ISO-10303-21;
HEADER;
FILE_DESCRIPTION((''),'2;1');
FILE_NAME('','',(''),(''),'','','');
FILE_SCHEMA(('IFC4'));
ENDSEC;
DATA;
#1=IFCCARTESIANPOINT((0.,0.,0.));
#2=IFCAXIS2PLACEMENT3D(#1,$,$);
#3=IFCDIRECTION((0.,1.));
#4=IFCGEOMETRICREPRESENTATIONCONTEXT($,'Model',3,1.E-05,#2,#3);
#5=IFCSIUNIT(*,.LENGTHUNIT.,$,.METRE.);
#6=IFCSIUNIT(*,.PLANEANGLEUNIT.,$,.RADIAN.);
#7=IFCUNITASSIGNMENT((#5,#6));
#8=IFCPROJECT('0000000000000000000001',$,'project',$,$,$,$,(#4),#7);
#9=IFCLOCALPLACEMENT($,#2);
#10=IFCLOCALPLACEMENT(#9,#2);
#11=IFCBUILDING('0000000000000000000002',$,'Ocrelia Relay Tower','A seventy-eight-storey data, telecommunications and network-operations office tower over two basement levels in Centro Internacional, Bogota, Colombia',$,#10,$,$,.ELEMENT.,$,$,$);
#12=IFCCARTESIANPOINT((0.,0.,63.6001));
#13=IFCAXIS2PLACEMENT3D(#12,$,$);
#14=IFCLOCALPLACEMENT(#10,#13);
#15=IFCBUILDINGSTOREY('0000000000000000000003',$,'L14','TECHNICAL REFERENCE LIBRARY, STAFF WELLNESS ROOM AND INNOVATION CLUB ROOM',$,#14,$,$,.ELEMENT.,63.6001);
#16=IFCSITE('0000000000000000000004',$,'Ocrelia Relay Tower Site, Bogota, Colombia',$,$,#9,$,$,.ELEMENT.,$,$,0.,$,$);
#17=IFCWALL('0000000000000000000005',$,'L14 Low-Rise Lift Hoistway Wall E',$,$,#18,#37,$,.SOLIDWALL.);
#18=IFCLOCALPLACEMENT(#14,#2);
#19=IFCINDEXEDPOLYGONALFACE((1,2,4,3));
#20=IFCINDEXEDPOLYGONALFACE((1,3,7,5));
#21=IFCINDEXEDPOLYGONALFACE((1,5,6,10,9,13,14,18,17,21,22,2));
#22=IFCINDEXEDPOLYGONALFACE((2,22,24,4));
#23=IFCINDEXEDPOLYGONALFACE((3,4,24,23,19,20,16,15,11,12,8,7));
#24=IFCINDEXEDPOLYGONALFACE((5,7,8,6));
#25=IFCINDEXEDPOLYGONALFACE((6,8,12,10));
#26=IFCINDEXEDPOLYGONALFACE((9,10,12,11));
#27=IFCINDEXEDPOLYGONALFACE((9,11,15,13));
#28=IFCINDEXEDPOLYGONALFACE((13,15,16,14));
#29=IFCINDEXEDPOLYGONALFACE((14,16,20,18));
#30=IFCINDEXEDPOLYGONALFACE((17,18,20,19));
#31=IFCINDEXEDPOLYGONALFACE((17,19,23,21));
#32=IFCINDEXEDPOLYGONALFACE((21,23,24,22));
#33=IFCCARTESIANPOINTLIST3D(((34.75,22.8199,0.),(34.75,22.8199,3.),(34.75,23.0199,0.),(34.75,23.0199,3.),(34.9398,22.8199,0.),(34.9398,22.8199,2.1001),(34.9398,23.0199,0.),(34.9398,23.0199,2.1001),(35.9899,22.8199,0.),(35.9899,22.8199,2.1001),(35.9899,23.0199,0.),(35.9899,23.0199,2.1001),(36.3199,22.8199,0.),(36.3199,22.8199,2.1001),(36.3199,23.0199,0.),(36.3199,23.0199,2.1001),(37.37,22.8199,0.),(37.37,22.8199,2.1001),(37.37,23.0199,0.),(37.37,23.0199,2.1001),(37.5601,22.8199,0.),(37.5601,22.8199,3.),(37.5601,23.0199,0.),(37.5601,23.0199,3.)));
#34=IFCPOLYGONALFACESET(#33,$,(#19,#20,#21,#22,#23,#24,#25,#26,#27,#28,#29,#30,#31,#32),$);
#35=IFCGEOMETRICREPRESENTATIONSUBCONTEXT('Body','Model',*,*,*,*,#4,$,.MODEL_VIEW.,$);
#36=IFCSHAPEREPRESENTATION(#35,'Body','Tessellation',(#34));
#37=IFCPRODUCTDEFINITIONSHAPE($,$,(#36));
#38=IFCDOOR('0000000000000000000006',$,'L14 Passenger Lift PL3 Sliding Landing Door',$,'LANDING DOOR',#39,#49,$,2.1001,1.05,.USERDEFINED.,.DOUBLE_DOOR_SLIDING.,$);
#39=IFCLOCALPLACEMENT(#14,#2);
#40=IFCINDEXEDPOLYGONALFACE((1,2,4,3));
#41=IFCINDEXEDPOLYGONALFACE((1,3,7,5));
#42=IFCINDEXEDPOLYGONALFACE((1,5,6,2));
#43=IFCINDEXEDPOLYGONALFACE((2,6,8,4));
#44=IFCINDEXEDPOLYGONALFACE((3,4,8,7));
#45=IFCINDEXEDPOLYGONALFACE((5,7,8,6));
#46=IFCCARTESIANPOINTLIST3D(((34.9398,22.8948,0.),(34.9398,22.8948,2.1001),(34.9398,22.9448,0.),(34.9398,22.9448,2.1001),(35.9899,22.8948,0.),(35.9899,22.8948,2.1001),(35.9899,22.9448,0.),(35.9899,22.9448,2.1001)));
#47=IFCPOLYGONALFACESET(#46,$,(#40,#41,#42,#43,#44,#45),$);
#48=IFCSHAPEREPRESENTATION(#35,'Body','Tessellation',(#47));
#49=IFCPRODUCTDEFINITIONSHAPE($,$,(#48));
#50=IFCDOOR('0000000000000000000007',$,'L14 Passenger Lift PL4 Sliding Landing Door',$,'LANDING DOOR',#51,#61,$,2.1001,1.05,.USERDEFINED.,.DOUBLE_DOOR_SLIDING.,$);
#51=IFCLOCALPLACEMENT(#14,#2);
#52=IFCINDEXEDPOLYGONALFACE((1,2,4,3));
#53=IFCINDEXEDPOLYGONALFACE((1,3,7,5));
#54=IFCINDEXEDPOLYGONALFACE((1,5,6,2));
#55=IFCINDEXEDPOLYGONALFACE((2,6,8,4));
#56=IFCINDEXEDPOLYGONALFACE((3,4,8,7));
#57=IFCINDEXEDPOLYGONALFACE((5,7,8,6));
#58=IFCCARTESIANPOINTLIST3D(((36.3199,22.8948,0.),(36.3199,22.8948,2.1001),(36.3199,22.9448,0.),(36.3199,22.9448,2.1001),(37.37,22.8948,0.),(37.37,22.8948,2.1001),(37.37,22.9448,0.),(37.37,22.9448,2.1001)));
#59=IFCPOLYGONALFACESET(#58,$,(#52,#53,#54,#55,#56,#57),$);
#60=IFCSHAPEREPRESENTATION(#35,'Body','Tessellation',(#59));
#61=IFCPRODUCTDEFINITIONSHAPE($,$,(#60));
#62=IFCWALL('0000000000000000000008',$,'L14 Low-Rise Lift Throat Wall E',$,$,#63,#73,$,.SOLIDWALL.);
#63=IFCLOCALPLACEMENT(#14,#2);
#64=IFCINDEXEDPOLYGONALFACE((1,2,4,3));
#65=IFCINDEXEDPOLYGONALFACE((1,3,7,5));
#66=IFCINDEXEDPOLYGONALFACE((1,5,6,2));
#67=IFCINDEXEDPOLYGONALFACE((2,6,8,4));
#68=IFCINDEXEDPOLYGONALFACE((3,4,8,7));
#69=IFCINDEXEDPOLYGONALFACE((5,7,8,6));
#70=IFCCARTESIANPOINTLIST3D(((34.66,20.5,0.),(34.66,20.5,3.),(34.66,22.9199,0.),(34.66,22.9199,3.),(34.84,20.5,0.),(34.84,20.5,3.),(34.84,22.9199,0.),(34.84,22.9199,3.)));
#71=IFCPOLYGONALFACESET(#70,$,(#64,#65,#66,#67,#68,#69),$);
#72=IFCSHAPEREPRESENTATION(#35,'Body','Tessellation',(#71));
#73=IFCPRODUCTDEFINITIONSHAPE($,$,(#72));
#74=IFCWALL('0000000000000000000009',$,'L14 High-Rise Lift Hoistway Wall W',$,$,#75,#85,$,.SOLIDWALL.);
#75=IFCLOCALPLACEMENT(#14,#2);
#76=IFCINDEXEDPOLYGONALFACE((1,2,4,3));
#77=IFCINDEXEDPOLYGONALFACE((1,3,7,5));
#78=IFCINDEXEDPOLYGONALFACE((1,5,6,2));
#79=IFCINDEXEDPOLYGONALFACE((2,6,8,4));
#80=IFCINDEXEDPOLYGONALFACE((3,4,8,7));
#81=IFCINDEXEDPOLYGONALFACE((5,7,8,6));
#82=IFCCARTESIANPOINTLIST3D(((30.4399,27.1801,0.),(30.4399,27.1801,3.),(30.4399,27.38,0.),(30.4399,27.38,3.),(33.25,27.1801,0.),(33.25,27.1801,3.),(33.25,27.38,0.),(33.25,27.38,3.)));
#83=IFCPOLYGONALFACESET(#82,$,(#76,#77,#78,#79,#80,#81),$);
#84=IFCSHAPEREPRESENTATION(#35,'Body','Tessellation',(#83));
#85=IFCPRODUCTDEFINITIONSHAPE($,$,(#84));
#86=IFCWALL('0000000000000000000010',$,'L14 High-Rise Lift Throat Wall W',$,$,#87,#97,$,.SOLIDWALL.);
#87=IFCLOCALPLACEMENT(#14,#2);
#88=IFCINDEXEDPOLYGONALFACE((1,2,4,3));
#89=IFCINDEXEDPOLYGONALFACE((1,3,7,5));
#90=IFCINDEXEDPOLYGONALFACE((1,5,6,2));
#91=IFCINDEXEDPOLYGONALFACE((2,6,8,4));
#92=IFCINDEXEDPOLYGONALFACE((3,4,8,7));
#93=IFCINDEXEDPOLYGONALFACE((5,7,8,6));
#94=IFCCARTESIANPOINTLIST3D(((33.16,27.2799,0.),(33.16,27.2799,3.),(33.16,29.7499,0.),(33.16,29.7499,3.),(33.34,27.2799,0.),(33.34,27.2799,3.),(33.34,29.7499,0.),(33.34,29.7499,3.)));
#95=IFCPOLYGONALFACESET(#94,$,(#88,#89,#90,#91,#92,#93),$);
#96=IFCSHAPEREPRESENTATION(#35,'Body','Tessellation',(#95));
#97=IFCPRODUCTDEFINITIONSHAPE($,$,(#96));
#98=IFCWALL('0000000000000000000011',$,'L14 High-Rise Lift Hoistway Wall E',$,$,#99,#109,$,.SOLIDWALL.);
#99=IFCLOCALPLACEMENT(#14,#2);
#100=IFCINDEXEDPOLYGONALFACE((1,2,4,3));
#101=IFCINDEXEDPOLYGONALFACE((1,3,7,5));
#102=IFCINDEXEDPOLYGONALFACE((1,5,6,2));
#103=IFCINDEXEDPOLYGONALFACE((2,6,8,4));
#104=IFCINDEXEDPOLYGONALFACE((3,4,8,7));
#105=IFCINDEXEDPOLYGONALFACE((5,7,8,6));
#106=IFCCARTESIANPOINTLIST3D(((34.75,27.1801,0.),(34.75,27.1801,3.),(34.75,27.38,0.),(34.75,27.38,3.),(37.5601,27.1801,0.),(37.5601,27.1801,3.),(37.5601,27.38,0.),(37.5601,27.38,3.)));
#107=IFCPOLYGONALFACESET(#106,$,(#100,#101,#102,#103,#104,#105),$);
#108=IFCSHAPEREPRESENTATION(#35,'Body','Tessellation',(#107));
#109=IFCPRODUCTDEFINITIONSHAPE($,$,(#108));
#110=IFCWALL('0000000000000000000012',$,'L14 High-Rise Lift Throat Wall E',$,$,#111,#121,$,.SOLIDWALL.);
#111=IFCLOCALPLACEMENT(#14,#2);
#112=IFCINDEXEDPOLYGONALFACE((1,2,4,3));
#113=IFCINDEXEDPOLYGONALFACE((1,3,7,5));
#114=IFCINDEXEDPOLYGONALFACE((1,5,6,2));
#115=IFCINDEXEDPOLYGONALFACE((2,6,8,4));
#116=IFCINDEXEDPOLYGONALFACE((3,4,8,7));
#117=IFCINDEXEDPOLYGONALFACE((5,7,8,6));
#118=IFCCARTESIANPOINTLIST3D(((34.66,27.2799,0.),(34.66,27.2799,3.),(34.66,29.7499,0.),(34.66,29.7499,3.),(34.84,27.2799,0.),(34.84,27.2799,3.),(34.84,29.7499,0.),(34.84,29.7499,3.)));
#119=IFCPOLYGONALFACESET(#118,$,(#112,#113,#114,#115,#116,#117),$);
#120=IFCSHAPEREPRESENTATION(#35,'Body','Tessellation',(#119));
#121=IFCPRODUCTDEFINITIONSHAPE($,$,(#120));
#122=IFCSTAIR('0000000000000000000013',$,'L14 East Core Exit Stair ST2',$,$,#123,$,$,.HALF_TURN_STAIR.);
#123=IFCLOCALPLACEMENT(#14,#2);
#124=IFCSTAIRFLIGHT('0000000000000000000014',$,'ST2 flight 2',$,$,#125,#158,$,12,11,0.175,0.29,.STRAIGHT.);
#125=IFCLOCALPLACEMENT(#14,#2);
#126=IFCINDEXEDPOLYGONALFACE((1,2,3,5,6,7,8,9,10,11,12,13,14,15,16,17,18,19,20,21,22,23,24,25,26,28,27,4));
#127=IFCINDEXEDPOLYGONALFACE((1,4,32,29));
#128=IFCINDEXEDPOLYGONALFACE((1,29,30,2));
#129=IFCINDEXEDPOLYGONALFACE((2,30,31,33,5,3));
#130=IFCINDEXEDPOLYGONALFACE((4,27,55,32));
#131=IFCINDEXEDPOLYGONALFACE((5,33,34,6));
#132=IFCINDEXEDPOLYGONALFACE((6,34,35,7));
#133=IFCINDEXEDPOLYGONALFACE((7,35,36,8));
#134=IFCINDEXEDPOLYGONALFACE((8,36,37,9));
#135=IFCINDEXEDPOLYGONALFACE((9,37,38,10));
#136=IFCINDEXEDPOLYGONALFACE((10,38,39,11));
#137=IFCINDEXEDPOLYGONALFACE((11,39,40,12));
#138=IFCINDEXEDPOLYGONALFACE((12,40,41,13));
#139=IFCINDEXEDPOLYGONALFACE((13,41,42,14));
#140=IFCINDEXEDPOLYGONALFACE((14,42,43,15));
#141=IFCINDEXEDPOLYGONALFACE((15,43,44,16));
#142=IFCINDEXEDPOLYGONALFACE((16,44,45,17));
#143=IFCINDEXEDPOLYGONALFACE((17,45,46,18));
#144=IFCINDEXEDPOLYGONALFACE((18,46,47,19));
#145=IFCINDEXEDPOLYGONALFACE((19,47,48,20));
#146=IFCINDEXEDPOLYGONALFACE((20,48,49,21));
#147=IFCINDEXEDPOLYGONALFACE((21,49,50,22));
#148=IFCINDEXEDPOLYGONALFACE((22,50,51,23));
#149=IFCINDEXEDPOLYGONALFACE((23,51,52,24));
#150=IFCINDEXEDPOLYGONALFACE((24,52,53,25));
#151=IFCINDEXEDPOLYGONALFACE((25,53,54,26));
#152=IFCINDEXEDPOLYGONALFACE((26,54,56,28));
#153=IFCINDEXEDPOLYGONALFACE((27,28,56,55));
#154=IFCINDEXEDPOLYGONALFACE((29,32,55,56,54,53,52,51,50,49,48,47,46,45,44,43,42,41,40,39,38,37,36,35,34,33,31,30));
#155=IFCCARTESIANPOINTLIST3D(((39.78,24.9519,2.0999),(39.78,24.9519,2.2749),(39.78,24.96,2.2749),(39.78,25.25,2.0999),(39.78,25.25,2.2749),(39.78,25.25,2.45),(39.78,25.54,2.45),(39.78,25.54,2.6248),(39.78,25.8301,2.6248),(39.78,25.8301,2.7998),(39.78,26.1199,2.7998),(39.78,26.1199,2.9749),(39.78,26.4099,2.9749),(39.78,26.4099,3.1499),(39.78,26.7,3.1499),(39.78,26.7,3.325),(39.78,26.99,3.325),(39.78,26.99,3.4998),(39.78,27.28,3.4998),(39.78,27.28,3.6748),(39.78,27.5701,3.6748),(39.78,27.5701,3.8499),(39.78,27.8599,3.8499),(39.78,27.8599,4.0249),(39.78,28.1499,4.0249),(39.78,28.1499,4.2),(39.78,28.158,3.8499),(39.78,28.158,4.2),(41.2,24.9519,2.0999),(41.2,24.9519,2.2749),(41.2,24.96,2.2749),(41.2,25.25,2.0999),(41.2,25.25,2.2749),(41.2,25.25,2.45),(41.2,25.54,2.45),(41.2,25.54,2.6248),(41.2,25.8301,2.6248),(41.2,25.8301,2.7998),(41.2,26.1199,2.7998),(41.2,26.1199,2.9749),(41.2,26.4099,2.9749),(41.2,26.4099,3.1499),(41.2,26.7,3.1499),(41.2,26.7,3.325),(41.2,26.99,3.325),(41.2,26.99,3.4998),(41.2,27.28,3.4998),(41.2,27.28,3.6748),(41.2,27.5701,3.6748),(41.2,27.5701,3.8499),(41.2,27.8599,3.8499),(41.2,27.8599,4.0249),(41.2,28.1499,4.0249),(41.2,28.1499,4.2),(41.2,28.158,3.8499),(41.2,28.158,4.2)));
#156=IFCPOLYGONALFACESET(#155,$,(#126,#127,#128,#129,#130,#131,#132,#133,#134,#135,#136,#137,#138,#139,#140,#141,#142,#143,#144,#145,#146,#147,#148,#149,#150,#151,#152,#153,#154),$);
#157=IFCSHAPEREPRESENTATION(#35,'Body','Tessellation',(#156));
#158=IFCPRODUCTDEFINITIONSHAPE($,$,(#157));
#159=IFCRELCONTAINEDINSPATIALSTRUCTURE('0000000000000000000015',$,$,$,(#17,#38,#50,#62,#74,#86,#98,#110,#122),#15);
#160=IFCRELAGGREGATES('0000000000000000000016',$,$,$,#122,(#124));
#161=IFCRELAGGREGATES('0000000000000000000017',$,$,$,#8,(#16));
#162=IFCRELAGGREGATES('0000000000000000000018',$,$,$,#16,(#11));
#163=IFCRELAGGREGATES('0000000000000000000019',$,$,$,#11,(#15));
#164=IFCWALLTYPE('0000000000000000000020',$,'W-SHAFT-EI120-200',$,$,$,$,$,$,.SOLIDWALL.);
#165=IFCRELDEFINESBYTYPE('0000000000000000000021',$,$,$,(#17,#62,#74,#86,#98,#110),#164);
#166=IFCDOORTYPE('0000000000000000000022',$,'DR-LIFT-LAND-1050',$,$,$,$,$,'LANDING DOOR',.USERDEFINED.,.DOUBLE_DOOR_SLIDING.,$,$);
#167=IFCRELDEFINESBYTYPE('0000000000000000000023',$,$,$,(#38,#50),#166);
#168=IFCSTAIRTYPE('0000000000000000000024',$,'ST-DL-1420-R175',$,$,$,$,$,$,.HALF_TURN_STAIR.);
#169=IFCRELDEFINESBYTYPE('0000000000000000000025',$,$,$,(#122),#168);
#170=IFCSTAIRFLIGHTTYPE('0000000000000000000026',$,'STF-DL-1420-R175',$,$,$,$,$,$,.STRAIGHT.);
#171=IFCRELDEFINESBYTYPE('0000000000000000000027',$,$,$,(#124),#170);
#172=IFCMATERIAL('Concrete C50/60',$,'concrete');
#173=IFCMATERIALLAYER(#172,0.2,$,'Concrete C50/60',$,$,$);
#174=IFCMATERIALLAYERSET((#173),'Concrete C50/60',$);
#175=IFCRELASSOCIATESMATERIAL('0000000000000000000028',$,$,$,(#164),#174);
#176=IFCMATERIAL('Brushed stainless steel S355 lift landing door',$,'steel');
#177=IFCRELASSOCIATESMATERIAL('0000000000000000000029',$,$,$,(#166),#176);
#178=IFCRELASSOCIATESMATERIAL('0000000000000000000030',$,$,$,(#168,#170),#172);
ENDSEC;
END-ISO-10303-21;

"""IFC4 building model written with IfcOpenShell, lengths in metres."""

from ifc_helpers import new_model, si_unit, direction, frame, frame_2d, origin, place, context, subcontext, project, spatial, polyline, rectangle, outline, extrude, material, layer, layer_set, type_object, element, fill, aggregate, save


model = new_model("IFC4")

# Units and contexts
model_context = context("Model", 3, precision=1e-05, world=origin(), true_north=direction((0.0, 1.0)))
body_context = subcontext(model_context, "Body", "Model", "MODEL_VIEW")
ifc_project = project(units=[si_unit("LENGTHUNIT", "METRE"), si_unit("PLANEANGLEUNIT", "RADIAN")], contexts=[model_context])

# Site, building, storey
site_placement = place(None, origin())
site = spatial("IfcSite", under=ifc_project, at=site_placement, Name="Ocrelia Relay Tower Site, Bogota, Colombia", CompositionType="ELEMENT", RefElevation=0.0)
building_placement = place(site_placement, origin())
building = spatial("IfcBuilding", under=site, at=building_placement, Name="Ocrelia Relay Tower", Description="A seventy-eight-storey data, telecommunications and network-operations office tower over two basement levels in Centro Internacional, Bogota, Colombia", CompositionType="ELEMENT")
storey_placement = place(building_placement, frame((0.0, 0.0, 63.6001)))
storey = spatial("IfcBuildingStorey", under=building, at=storey_placement, Name="L14", Description="TECHNICAL REFERENCE LIBRARY, STAFF WELLNESS ROOM AND INNOVATION CLUB ROOM", CompositionType="ELEMENT", Elevation=63.6001)

# Shared definitions
ifc_material_1 = material(Name="Concrete C50/60", Category="concrete")
ifc_layer_1 = layer(ifc_material_1, 0.2, Name="Concrete C50/60")
ifc_layer_set_1 = layer_set([ifc_layer_1], Name="Concrete C50/60")
wall_type_1 = type_object("IfcWallType", Name="W-SHAFT-EI120-200", PredefinedType="SOLIDWALL", material=ifc_layer_set_1)

# Wall, openings, doors
wall_1_placement = place(storey_placement, frame((34.75, 22.9199, 0.0), z_axis=(0.0, 0.0, 1.0), x_axis=(1.0, 0.0, 0.0)))
wall_1 = element("IfcWall", 1, at=wall_1_placement, inside=storey, type_object=wall_type_1, Name="L14 Low-Rise Lift Hoistway Wall E", PredefinedType="SOLIDWALL", context=body_context, shape_type="SweptSolid", body=[
    extrude(rectangle(XDim=2.8101, YDim=0.2, at=frame_2d((1.405, 0.0))), origin(), (0.0, 0.0, 1.0), 3.0),
])
opening_1_placement = place(wall_1_placement, frame((0.1899, 0.0, 0.0)))
opening_1 = element("IfcOpeningElement", 2, at=opening_1_placement, cuts=wall_1, PredefinedType="OPENING", context=body_context, shape_type="SweptSolid", body=[
    extrude(rectangle(XDim=1.05, YDim=2.1001, at=frame_2d((0.5249, 1.05))), frame((0.0, 0.1099, 0.0), z_axis=(0.0, -1.0, 0.0), x_axis=(1.0, 0.0, 0.0)), (0.0, 0.0, 1.0), 0.22),
])
opening_2_placement = place(wall_1_placement, frame((1.5701, 0.0, 0.0)))
opening_2 = element("IfcOpeningElement", 3, at=opening_2_placement, cuts=wall_1, PredefinedType="OPENING", context=body_context, shape_type="SweptSolid", body=[
    extrude(rectangle(XDim=1.05, YDim=2.1001, at=frame_2d((0.5249, 1.05))), frame((0.0, 0.1099, 0.0), z_axis=(0.0, -1.0, 0.0), x_axis=(1.0, 0.0, 0.0)), (0.0, 0.0, 1.0), 0.22),
])
ifc_material_2 = material(Name="Brushed stainless steel S355 lift landing door", Category="steel")
door_type = type_object("IfcDoorType", Name="DR-LIFT-LAND-1050", ElementType="LANDING DOOR", OperationType="DOUBLE_DOOR_SLIDING", PredefinedType="USERDEFINED", material=ifc_material_2)
door_1_placement = place(opening_1_placement, origin())
door_1 = element("IfcDoor", 4, at=door_1_placement, inside=storey, type_object=door_type, Name="L14 Passenger Lift PL3 Sliding Landing Door", ObjectType="LANDING DOOR", OperationType="DOUBLE_DOOR_SLIDING", OverallHeight=2.1001, OverallWidth=1.05, PredefinedType="USERDEFINED", context=body_context, shape_type="SweptSolid", body=[
    extrude(rectangle(XDim=1.05, YDim=2.1001, at=frame_2d((0.5249, 1.05))), frame((0.0, 0.0249, 0.0), z_axis=(0.0, -1.0, 0.0), x_axis=(1.0, 0.0, 0.0)), (0.0, 0.0, 1.0), 0.05),
])
fill(opening_1, door_1)
door_2_placement = place(opening_2_placement, origin())
door_2 = element("IfcDoor", 5, at=door_2_placement, inside=storey, type_object=door_type, Name="L14 Passenger Lift PL4 Sliding Landing Door", ObjectType="LANDING DOOR", OperationType="DOUBLE_DOOR_SLIDING", OverallHeight=2.1001, OverallWidth=1.05, PredefinedType="USERDEFINED", context=body_context, shape_type="SweptSolid", body=[
    extrude(rectangle(XDim=1.05, YDim=2.1001, at=frame_2d((0.5249, 1.05))), frame((0.0, 0.0249, 0.0), z_axis=(0.0, -1.0, 0.0), x_axis=(1.0, 0.0, 0.0)), (0.0, 0.0, 1.0), 0.05),
])
fill(opening_2, door_2)

# Walls
wall_2_placement = place(storey_placement, frame((34.75, 20.5, 0.0), z_axis=(0.0, 0.0, 1.0), x_axis=(0.0, 1.0, 0.0)))
element("IfcWall", 6, at=wall_2_placement, inside=storey, type_object=wall_type_1, Name="L14 Low-Rise Lift Throat Wall E", PredefinedType="SOLIDWALL", context=body_context, shape_type="SweptSolid", body=[
    extrude(rectangle(XDim=2.4199, YDim=0.1799, at=frame_2d((1.21, 0.0))), origin(), (0.0, 0.0, 1.0), 3.0),
])
wall_3_placement = place(storey_placement, frame((30.4399, 27.28, 0.0), z_axis=(0.0, 0.0, 1.0), x_axis=(1.0, 0.0, 0.0)))
element("IfcWall", 7, at=wall_3_placement, inside=storey, type_object=wall_type_1, Name="L14 High-Rise Lift Hoistway Wall W", PredefinedType="SOLIDWALL", context=body_context, shape_type="SweptSolid", body=[
    extrude(rectangle(XDim=2.8101, YDim=0.2, at=frame_2d((1.405, 0.0))), origin(), (0.0, 0.0, 1.0), 3.0),
])
wall_4_placement = place(storey_placement, frame((33.25, 27.28, 0.0), z_axis=(0.0, 0.0, 1.0), x_axis=(0.0, 1.0, 0.0)))
element("IfcWall", 8, at=wall_4_placement, inside=storey, type_object=wall_type_1, Name="L14 High-Rise Lift Throat Wall W", PredefinedType="SOLIDWALL", context=body_context, shape_type="SweptSolid", body=[
    extrude(rectangle(XDim=2.47, YDim=0.1799, at=frame_2d((1.2349, 0.0))), origin(), (0.0, 0.0, 1.0), 3.0),
])
wall_5_placement = place(storey_placement, frame((34.75, 27.28, 0.0), z_axis=(0.0, 0.0, 1.0), x_axis=(1.0, 0.0, 0.0)))
element("IfcWall", 9, at=wall_5_placement, inside=storey, type_object=wall_type_1, Name="L14 High-Rise Lift Hoistway Wall E", PredefinedType="SOLIDWALL", context=body_context, shape_type="SweptSolid", body=[
    extrude(rectangle(XDim=2.8101, YDim=0.2, at=frame_2d((1.405, 0.0))), origin(), (0.0, 0.0, 1.0), 3.0),
])
wall_6_placement = place(storey_placement, frame((34.75, 27.28, 0.0), z_axis=(0.0, 0.0, 1.0), x_axis=(0.0, 1.0, 0.0)))
element("IfcWall", 10, at=wall_6_placement, inside=storey, type_object=wall_type_1, Name="L14 High-Rise Lift Throat Wall E", PredefinedType="SOLIDWALL", context=body_context, shape_type="SweptSolid", body=[
    extrude(rectangle(XDim=2.47, YDim=0.1799, at=frame_2d((1.2349, 0.0))), origin(), (0.0, 0.0, 1.0), 3.0),
])

# Stair, stair flight
stair_type = type_object("IfcStairType", Name="ST-DL-1420-R175", PredefinedType="HALF_TURN_STAIR", material=ifc_material_1)
stair_placement = place(storey_placement, origin())
stair = element("IfcStair", 11, at=stair_placement, inside=storey, type_object=stair_type, Name="L14 East Core Exit Stair ST2", PredefinedType="HALF_TURN_STAIR")
stair_flight_type = type_object("IfcStairFlightType", Name="STF-DL-1420-R175", PredefinedType="STRAIGHT", material=ifc_material_1)
stair_flight_placement = place(storey_placement, frame((40.49, 24.96, 2.0999), z_axis=(0.0, 0.0, 1.0), x_axis=(0.0, 1.0, 0.0)))
stair_flight = element("IfcStairFlight", 12, at=stair_flight_placement, type_object=stair_flight_type, Name="ST2 flight 2", NumberOfRisers=12, NumberOfTreads=11, PredefinedType="STRAIGHT", RiserHeight=0.175, TreadLength=0.29, context=body_context, shape_type="SweptSolid", body=[
    extrude(outline(polyline([(-0.0081, 0.0), (-0.0081, 0.175), (0.0, 0.175), (0.29, 0.175), (0.29, 0.3501), (0.5801, 0.3501), (0.5801, 0.5249), (0.8701, 0.5249), (0.8701, 0.7), (1.1599, 0.7), (1.1599, 0.875), (1.45, 0.875), (1.45, 1.05), (1.74, 1.05), (1.74, 1.2251), (2.03, 1.2251), (2.03, 1.3999), (2.3201, 1.3999), (2.3201, 1.575), (2.6101, 1.575), (2.6101, 1.75), (2.8999, 1.75), (2.8999, 1.925), (3.1899, 1.925), (3.1899, 2.1001), (3.198, 2.1001), (3.198, 1.75), (0.29, 0.0), (-0.0081, 0.0)])), frame((0.0, 0.71, 0.0), z_axis=(0.0, -1.0, 0.0), x_axis=(1.0, 0.0, 0.0)), (0.0, 0.0, 1.0), 1.4199),
])
aggregate(stair, [stair_flight])

save(model, "model.ifc")
